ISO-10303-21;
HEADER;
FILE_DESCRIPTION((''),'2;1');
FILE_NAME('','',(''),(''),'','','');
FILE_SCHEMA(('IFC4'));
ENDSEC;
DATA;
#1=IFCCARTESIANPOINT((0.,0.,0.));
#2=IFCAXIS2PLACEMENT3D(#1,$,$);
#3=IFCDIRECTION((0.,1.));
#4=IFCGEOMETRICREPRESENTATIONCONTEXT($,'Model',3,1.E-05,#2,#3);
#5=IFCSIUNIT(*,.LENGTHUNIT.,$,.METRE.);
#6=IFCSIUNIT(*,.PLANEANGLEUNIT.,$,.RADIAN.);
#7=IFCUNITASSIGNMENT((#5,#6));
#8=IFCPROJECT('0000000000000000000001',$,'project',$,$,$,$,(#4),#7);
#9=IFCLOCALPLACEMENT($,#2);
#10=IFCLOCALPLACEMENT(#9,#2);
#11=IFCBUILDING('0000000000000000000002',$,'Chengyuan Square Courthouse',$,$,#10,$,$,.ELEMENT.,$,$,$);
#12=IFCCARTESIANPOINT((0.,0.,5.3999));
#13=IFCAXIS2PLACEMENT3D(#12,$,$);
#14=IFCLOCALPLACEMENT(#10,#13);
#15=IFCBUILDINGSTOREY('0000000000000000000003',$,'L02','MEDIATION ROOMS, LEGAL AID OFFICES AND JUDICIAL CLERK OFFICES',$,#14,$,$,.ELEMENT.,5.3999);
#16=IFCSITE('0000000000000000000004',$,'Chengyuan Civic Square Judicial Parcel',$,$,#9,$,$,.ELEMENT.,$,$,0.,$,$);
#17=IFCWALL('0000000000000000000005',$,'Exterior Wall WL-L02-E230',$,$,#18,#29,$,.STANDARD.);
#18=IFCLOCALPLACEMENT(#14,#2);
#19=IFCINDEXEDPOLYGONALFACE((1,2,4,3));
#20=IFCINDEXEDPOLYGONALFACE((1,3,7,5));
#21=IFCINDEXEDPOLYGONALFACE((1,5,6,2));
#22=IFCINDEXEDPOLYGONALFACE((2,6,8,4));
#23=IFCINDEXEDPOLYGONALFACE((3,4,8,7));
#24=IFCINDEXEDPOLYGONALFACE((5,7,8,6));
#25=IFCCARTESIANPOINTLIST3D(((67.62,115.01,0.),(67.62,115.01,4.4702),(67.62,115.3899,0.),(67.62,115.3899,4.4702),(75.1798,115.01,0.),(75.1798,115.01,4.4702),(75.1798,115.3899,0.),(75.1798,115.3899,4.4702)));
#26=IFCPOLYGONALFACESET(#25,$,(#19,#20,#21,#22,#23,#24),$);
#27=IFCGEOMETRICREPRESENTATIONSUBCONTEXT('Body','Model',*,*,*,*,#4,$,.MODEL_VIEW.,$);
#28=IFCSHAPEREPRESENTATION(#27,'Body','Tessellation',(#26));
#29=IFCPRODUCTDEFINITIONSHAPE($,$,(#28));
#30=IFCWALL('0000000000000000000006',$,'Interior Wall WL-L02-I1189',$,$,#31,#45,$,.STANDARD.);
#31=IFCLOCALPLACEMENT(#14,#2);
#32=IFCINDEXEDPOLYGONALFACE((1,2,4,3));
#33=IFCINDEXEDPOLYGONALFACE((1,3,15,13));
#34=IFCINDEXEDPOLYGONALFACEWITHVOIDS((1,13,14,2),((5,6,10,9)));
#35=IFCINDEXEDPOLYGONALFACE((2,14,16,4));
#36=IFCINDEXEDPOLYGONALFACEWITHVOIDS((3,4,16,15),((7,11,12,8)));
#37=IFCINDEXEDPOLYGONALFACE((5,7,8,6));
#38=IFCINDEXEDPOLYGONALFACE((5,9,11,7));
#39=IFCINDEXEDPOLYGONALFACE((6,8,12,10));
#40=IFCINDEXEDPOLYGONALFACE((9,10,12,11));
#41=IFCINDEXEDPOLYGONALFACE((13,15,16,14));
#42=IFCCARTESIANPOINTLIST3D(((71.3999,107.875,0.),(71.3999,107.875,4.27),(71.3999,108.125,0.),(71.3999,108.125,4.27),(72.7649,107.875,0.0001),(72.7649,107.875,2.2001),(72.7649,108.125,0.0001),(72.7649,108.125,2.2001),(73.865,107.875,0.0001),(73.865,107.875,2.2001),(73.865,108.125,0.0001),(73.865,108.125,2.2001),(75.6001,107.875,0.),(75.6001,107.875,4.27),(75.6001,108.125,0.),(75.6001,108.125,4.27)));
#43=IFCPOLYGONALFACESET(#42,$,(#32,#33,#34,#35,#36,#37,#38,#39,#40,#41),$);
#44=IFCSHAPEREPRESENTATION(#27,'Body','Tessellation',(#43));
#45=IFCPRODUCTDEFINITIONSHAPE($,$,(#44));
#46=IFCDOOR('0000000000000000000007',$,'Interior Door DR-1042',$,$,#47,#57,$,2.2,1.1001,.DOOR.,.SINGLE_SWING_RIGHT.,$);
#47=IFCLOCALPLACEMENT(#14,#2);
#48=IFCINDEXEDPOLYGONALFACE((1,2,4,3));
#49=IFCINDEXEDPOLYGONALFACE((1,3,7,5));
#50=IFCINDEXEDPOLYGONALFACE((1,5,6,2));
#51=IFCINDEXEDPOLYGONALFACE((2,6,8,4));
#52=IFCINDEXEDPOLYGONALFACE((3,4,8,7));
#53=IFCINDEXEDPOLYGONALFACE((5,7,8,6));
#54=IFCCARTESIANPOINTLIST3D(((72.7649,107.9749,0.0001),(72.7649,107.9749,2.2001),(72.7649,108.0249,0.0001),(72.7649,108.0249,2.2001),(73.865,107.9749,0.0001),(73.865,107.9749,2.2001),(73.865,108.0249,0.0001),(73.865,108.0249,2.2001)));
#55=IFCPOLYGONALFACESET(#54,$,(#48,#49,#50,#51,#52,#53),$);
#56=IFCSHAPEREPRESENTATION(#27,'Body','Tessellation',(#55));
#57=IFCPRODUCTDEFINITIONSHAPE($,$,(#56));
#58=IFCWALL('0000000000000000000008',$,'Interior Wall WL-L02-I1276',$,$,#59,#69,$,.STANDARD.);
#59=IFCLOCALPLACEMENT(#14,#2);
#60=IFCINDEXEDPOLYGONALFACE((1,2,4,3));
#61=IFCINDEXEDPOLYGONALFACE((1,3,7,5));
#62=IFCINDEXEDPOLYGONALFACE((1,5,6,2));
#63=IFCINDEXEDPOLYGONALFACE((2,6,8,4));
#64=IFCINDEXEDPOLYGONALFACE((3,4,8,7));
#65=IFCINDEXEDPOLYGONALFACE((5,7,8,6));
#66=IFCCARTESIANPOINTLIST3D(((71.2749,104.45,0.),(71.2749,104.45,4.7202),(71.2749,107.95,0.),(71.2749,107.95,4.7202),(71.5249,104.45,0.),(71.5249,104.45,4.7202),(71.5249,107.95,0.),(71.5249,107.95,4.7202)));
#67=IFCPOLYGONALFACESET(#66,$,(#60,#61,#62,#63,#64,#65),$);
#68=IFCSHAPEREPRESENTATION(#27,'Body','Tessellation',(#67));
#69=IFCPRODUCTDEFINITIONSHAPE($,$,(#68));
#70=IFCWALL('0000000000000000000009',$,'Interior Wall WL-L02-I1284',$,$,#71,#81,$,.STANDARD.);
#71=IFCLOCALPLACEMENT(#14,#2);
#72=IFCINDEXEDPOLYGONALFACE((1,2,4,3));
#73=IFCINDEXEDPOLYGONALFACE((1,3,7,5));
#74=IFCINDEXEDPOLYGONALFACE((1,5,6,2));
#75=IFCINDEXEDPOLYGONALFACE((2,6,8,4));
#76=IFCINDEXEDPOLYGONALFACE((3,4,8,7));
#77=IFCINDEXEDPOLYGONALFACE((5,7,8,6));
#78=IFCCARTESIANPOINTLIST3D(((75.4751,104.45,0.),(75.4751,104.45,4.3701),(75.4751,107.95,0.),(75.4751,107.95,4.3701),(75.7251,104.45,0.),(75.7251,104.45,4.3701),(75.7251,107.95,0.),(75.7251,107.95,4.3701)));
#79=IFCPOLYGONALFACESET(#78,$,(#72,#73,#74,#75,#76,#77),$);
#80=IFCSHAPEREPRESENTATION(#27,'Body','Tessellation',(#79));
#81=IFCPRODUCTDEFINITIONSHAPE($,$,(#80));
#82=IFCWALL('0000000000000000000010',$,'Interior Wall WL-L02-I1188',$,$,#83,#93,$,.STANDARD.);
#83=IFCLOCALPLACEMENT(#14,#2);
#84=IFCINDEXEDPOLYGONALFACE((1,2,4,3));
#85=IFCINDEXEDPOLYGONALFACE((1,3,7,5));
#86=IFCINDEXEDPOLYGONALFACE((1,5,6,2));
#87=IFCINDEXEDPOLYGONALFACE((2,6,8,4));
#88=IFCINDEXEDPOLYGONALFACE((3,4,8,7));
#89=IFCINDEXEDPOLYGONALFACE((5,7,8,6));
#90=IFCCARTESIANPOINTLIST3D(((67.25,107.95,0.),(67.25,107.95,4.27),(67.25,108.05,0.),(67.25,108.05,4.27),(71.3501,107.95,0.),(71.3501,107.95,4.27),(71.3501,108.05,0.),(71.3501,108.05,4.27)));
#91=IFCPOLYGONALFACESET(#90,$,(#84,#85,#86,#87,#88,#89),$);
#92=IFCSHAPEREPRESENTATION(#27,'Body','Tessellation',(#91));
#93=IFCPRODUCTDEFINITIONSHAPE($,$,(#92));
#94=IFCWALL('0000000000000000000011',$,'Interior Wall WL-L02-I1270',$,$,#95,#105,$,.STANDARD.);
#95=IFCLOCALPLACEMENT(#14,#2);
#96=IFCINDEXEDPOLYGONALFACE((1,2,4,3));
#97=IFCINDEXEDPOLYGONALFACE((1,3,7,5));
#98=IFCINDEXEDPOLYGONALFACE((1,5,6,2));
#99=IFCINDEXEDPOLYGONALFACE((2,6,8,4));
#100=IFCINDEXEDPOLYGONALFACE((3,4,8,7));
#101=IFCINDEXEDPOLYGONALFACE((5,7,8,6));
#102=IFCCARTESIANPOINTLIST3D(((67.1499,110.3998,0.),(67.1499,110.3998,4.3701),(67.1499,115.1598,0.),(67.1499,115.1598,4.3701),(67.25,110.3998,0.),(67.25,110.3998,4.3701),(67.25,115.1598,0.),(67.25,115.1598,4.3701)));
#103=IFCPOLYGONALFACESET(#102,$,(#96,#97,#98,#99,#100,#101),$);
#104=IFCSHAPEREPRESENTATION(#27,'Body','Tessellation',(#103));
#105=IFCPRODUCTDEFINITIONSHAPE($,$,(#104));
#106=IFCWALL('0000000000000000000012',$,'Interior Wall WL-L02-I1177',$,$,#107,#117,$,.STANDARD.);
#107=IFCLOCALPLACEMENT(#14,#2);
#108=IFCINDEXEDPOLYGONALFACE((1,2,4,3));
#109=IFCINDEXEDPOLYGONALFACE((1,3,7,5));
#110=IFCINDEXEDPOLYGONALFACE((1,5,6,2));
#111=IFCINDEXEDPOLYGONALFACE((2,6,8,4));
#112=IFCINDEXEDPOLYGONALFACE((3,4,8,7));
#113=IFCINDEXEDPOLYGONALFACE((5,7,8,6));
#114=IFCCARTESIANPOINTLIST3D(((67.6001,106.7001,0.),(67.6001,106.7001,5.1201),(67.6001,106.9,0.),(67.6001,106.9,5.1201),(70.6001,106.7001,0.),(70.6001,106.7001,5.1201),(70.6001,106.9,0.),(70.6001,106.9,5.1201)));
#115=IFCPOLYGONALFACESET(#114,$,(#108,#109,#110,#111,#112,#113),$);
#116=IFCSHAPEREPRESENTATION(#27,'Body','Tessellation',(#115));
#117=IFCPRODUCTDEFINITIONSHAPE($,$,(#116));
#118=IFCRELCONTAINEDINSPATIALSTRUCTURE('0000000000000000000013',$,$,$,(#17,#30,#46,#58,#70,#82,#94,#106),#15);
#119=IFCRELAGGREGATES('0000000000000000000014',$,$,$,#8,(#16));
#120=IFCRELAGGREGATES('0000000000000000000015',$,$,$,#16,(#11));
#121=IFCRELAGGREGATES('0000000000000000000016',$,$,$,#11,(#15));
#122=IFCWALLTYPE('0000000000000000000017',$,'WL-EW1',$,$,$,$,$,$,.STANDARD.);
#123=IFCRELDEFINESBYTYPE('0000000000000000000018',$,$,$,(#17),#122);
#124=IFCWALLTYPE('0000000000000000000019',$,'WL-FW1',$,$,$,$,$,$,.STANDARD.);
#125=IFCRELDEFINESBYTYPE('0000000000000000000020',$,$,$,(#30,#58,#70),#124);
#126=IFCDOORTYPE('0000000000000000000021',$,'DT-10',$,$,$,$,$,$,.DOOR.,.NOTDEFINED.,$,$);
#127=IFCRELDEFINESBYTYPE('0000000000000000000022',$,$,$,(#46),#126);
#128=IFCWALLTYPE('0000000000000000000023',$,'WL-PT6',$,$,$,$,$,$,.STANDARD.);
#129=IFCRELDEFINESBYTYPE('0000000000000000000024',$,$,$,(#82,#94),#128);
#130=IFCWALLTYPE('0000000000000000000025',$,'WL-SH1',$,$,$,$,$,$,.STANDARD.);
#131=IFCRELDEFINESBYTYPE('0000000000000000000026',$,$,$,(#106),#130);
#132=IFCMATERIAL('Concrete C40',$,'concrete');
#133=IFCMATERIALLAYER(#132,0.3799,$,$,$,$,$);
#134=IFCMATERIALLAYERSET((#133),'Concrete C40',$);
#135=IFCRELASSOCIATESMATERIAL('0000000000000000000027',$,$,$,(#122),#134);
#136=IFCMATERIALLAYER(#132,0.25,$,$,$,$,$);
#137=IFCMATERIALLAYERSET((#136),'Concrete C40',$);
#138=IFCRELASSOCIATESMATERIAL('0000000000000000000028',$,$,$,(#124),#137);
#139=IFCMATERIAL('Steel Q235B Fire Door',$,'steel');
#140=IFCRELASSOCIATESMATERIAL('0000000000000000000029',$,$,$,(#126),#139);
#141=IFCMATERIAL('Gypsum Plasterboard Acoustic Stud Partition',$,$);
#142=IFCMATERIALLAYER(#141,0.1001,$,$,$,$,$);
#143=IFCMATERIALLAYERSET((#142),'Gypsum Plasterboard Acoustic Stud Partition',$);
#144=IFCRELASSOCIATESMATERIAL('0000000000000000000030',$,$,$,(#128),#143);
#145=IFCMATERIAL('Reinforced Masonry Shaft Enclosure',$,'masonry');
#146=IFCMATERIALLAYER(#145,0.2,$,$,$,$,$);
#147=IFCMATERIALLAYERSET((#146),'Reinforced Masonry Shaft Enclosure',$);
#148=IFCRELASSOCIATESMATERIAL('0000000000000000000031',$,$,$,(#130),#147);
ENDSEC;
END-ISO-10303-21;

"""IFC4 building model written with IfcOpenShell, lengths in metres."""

from ifc_helpers import new_model, si_unit, direction, frame, frame_2d, origin, place, context, subcontext, project, spatial, rectangle, extrude, material, layer, layer_set, type_object, element, fill, save


model = new_model("IFC4")

# Units and contexts
model_context = context("Model", 3, precision=1e-05, world=origin(), true_north=direction((0.0, 1.0)))
body_context = subcontext(model_context, "Body", "Model", "MODEL_VIEW")
ifc_project = project(units=[si_unit("LENGTHUNIT", "METRE"), si_unit("PLANEANGLEUNIT", "RADIAN")], contexts=[model_context])

# Site, building, storey
site_placement = place(None, origin())
site = spatial("IfcSite", under=ifc_project, at=site_placement, Name="Chengyuan Civic Square Judicial Parcel", CompositionType="ELEMENT", RefElevation=0.0)
building_placement = place(site_placement, origin())
building = spatial("IfcBuilding", under=site, at=building_placement, Name="Chengyuan Square Courthouse", CompositionType="ELEMENT")
storey_placement = place(building_placement, frame((0.0, 0.0, 5.3999)))
storey = spatial("IfcBuildingStorey", under=building, at=storey_placement, Name="L02", Description="MEDIATION ROOMS, LEGAL AID OFFICES AND JUDICIAL CLERK OFFICES", CompositionType="ELEMENT", Elevation=5.3999)

# Shared definitions
ifc_material_1 = material(Name="Concrete C40", Category="concrete")

# Wall
ifc_layer_1 = layer(ifc_material_1, 0.3799)
ifc_layer_set_1 = layer_set([ifc_layer_1], Name="Concrete C40")
wall_type_1 = type_object("IfcWallType", Name="WL-EW1", PredefinedType="STANDARD", material=ifc_layer_set_1)
wall_1_placement = place(storey_placement, frame((67.6201, 115.2, 0.0), z_axis=(0.0, 0.0, 1.0), x_axis=(1.0, 0.0, 0.0)))
element("IfcWall", 1, at=wall_1_placement, inside=storey, type_object=wall_type_1, Name="Exterior Wall WL-L02-E230", PredefinedType="STANDARD", context=body_context, shape_type="SweptSolid", body=[
    extrude(rectangle(XDim=7.5598, YDim=0.3799, at=frame_2d((3.7798, 0.0))), origin(), (0.0, 0.0, 1.0), 4.4702),
])

# Wall, opening, door
ifc_layer_2 = layer(ifc_material_1, 0.25)
ifc_layer_set_2 = layer_set([ifc_layer_2], Name="Concrete C40")
wall_type_2 = type_object("IfcWallType", Name="WL-FW1", PredefinedType="STANDARD", material=ifc_layer_set_2)
wall_2_placement = place(storey_placement, frame((71.3999, 108.0, 0.0), z_axis=(0.0, 0.0, 1.0), x_axis=(1.0, 0.0, 0.0)))
wall_2 = element("IfcWall", 2, at=wall_2_placement, inside=storey, type_object=wall_type_2, Name="Interior Wall WL-L02-I1189", PredefinedType="STANDARD", context=body_context, shape_type="SweptSolid", body=[
    extrude(rectangle(XDim=4.2002, YDim=0.25, at=frame_2d((2.1001, 0.0))), origin(), (0.0, 0.0, 1.0), 4.27),
])
opening_placement = place(wall_2_placement, frame((1.365, 0.0, 0.0)))
opening = element("IfcOpeningElement", 3, at=opening_placement, cuts=wall_2, PredefinedType="OPENING", context=body_context, shape_type="SweptSolid", body=[
    extrude(rectangle(XDim=1.1001, YDim=2.2, at=frame_2d((0.55, 1.1001))), frame((0.0, 0.137, 0.0), z_axis=(0.0, -1.0, 0.0), x_axis=(1.0, 0.0, 0.0)), (0.0, 0.0, 1.0), 0.2739),
])
ifc_material_2 = material(Name="Steel Q235B Fire Door", Category="steel")
door_type = type_object("IfcDoorType", Name="DT-10", OperationType="NOTDEFINED", PredefinedType="DOOR", material=ifc_material_2)
door_placement = place(opening_placement, origin())
door = element("IfcDoor", 4, at=door_placement, inside=storey, type_object=door_type, Name="Interior Door DR-1042", OperationType="SINGLE_SWING_RIGHT", OverallHeight=2.2, OverallWidth=1.1001, PredefinedType="DOOR", context=body_context, shape_type="SweptSolid", body=[
    extrude(rectangle(XDim=1.1001, YDim=2.2, at=frame_2d((0.55, 1.1001))), frame((0.0, 0.0249, 0.0), z_axis=(0.0, -1.0, 0.0), x_axis=(1.0, 0.0, 0.0)), (0.0, 0.0, 1.0), 0.05),
])
fill(opening, door)

# Walls
wall_3_placement = place(storey_placement, frame((71.3999, 104.45, 0.0), z_axis=(0.0, 0.0, 1.0), x_axis=(0.0, 1.0, 0.0)))
element("IfcWall", 5, at=wall_3_placement, inside=storey, type_object=wall_type_2, Name="Interior Wall WL-L02-I1276", PredefinedType="STANDARD", context=body_context, shape_type="SweptSolid", body=[
    extrude(rectangle(XDim=3.5, YDim=0.25, at=frame_2d((1.75, 0.0))), origin(), (0.0, 0.0, 1.0), 4.7202),
])
wall_4_placement = place(storey_placement, frame((75.6001, 104.45, 0.0), z_axis=(0.0, 0.0, 1.0), x_axis=(0.0, 1.0, 0.0)))
element("IfcWall", 6, at=wall_4_placement, inside=storey, type_object=wall_type_2, Name="Interior Wall WL-L02-I1284", PredefinedType="STANDARD", context=body_context, shape_type="SweptSolid", body=[
    extrude(rectangle(XDim=3.5, YDim=0.25, at=frame_2d((1.75, 0.0))), origin(), (0.0, 0.0, 1.0), 4.3701),
])
ifc_material_3 = material(Name="Gypsum Plasterboard Acoustic Stud Partition")
ifc_layer_3 = layer(ifc_material_3, 0.1001)
ifc_layer_set_3 = layer_set([ifc_layer_3], Name="Gypsum Plasterboard Acoustic Stud Partition")
wall_type_3 = type_object("IfcWallType", Name="WL-PT6", PredefinedType="STANDARD", material=ifc_layer_set_3)
wall_5_placement = place(storey_placement, frame((67.25, 108.0, 0.0), z_axis=(0.0, 0.0, 1.0), x_axis=(1.0, 0.0, 0.0)))
element("IfcWall", 7, at=wall_5_placement, inside=storey, type_object=wall_type_3, Name="Interior Wall WL-L02-I1188", PredefinedType="STANDARD", context=body_context, shape_type="SweptSolid", body=[
    extrude(rectangle(XDim=4.1001, YDim=0.1001, at=frame_2d((2.05, 0.0))), origin(), (0.0, 0.0, 1.0), 4.27),
])
wall_6_placement = place(storey_placement, frame((67.2, 110.3999, 0.0), z_axis=(0.0, 0.0, 1.0), x_axis=(0.0, 1.0, 0.0)))
element("IfcWall", 8, at=wall_6_placement, inside=storey, type_object=wall_type_3, Name="Interior Wall WL-L02-I1270", PredefinedType="STANDARD", context=body_context, shape_type="SweptSolid", body=[
    extrude(rectangle(XDim=4.76, YDim=0.1001, at=frame_2d((2.3799, 0.0))), origin(), (0.0, 0.0, 1.0), 4.3701),
])
ifc_material_4 = material(Name="Reinforced Masonry Shaft Enclosure", Category="masonry")
ifc_layer_4 = layer(ifc_material_4, 0.2)
ifc_layer_set_4 = layer_set([ifc_layer_4], Name="Reinforced Masonry Shaft Enclosure")
wall_type_4 = type_object("IfcWallType", Name="WL-SH1", PredefinedType="STANDARD", material=ifc_layer_set_4)
wall_7_placement = place(storey_placement, frame((67.6001, 106.8, 0.0), z_axis=(0.0, 0.0, 1.0), x_axis=(1.0, 0.0, 0.0)))
element("IfcWall", 9, at=wall_7_placement, inside=storey, type_object=wall_type_4, Name="Interior Wall WL-L02-I1177", PredefinedType="STANDARD", context=body_context, shape_type="SweptSolid", body=[
    extrude(rectangle(XDim=3.0, YDim=0.2, at=frame_2d((1.5, 0.0))), origin(), (0.0, 0.0, 1.0), 5.1201),
])

save(model, "model.ifc")
